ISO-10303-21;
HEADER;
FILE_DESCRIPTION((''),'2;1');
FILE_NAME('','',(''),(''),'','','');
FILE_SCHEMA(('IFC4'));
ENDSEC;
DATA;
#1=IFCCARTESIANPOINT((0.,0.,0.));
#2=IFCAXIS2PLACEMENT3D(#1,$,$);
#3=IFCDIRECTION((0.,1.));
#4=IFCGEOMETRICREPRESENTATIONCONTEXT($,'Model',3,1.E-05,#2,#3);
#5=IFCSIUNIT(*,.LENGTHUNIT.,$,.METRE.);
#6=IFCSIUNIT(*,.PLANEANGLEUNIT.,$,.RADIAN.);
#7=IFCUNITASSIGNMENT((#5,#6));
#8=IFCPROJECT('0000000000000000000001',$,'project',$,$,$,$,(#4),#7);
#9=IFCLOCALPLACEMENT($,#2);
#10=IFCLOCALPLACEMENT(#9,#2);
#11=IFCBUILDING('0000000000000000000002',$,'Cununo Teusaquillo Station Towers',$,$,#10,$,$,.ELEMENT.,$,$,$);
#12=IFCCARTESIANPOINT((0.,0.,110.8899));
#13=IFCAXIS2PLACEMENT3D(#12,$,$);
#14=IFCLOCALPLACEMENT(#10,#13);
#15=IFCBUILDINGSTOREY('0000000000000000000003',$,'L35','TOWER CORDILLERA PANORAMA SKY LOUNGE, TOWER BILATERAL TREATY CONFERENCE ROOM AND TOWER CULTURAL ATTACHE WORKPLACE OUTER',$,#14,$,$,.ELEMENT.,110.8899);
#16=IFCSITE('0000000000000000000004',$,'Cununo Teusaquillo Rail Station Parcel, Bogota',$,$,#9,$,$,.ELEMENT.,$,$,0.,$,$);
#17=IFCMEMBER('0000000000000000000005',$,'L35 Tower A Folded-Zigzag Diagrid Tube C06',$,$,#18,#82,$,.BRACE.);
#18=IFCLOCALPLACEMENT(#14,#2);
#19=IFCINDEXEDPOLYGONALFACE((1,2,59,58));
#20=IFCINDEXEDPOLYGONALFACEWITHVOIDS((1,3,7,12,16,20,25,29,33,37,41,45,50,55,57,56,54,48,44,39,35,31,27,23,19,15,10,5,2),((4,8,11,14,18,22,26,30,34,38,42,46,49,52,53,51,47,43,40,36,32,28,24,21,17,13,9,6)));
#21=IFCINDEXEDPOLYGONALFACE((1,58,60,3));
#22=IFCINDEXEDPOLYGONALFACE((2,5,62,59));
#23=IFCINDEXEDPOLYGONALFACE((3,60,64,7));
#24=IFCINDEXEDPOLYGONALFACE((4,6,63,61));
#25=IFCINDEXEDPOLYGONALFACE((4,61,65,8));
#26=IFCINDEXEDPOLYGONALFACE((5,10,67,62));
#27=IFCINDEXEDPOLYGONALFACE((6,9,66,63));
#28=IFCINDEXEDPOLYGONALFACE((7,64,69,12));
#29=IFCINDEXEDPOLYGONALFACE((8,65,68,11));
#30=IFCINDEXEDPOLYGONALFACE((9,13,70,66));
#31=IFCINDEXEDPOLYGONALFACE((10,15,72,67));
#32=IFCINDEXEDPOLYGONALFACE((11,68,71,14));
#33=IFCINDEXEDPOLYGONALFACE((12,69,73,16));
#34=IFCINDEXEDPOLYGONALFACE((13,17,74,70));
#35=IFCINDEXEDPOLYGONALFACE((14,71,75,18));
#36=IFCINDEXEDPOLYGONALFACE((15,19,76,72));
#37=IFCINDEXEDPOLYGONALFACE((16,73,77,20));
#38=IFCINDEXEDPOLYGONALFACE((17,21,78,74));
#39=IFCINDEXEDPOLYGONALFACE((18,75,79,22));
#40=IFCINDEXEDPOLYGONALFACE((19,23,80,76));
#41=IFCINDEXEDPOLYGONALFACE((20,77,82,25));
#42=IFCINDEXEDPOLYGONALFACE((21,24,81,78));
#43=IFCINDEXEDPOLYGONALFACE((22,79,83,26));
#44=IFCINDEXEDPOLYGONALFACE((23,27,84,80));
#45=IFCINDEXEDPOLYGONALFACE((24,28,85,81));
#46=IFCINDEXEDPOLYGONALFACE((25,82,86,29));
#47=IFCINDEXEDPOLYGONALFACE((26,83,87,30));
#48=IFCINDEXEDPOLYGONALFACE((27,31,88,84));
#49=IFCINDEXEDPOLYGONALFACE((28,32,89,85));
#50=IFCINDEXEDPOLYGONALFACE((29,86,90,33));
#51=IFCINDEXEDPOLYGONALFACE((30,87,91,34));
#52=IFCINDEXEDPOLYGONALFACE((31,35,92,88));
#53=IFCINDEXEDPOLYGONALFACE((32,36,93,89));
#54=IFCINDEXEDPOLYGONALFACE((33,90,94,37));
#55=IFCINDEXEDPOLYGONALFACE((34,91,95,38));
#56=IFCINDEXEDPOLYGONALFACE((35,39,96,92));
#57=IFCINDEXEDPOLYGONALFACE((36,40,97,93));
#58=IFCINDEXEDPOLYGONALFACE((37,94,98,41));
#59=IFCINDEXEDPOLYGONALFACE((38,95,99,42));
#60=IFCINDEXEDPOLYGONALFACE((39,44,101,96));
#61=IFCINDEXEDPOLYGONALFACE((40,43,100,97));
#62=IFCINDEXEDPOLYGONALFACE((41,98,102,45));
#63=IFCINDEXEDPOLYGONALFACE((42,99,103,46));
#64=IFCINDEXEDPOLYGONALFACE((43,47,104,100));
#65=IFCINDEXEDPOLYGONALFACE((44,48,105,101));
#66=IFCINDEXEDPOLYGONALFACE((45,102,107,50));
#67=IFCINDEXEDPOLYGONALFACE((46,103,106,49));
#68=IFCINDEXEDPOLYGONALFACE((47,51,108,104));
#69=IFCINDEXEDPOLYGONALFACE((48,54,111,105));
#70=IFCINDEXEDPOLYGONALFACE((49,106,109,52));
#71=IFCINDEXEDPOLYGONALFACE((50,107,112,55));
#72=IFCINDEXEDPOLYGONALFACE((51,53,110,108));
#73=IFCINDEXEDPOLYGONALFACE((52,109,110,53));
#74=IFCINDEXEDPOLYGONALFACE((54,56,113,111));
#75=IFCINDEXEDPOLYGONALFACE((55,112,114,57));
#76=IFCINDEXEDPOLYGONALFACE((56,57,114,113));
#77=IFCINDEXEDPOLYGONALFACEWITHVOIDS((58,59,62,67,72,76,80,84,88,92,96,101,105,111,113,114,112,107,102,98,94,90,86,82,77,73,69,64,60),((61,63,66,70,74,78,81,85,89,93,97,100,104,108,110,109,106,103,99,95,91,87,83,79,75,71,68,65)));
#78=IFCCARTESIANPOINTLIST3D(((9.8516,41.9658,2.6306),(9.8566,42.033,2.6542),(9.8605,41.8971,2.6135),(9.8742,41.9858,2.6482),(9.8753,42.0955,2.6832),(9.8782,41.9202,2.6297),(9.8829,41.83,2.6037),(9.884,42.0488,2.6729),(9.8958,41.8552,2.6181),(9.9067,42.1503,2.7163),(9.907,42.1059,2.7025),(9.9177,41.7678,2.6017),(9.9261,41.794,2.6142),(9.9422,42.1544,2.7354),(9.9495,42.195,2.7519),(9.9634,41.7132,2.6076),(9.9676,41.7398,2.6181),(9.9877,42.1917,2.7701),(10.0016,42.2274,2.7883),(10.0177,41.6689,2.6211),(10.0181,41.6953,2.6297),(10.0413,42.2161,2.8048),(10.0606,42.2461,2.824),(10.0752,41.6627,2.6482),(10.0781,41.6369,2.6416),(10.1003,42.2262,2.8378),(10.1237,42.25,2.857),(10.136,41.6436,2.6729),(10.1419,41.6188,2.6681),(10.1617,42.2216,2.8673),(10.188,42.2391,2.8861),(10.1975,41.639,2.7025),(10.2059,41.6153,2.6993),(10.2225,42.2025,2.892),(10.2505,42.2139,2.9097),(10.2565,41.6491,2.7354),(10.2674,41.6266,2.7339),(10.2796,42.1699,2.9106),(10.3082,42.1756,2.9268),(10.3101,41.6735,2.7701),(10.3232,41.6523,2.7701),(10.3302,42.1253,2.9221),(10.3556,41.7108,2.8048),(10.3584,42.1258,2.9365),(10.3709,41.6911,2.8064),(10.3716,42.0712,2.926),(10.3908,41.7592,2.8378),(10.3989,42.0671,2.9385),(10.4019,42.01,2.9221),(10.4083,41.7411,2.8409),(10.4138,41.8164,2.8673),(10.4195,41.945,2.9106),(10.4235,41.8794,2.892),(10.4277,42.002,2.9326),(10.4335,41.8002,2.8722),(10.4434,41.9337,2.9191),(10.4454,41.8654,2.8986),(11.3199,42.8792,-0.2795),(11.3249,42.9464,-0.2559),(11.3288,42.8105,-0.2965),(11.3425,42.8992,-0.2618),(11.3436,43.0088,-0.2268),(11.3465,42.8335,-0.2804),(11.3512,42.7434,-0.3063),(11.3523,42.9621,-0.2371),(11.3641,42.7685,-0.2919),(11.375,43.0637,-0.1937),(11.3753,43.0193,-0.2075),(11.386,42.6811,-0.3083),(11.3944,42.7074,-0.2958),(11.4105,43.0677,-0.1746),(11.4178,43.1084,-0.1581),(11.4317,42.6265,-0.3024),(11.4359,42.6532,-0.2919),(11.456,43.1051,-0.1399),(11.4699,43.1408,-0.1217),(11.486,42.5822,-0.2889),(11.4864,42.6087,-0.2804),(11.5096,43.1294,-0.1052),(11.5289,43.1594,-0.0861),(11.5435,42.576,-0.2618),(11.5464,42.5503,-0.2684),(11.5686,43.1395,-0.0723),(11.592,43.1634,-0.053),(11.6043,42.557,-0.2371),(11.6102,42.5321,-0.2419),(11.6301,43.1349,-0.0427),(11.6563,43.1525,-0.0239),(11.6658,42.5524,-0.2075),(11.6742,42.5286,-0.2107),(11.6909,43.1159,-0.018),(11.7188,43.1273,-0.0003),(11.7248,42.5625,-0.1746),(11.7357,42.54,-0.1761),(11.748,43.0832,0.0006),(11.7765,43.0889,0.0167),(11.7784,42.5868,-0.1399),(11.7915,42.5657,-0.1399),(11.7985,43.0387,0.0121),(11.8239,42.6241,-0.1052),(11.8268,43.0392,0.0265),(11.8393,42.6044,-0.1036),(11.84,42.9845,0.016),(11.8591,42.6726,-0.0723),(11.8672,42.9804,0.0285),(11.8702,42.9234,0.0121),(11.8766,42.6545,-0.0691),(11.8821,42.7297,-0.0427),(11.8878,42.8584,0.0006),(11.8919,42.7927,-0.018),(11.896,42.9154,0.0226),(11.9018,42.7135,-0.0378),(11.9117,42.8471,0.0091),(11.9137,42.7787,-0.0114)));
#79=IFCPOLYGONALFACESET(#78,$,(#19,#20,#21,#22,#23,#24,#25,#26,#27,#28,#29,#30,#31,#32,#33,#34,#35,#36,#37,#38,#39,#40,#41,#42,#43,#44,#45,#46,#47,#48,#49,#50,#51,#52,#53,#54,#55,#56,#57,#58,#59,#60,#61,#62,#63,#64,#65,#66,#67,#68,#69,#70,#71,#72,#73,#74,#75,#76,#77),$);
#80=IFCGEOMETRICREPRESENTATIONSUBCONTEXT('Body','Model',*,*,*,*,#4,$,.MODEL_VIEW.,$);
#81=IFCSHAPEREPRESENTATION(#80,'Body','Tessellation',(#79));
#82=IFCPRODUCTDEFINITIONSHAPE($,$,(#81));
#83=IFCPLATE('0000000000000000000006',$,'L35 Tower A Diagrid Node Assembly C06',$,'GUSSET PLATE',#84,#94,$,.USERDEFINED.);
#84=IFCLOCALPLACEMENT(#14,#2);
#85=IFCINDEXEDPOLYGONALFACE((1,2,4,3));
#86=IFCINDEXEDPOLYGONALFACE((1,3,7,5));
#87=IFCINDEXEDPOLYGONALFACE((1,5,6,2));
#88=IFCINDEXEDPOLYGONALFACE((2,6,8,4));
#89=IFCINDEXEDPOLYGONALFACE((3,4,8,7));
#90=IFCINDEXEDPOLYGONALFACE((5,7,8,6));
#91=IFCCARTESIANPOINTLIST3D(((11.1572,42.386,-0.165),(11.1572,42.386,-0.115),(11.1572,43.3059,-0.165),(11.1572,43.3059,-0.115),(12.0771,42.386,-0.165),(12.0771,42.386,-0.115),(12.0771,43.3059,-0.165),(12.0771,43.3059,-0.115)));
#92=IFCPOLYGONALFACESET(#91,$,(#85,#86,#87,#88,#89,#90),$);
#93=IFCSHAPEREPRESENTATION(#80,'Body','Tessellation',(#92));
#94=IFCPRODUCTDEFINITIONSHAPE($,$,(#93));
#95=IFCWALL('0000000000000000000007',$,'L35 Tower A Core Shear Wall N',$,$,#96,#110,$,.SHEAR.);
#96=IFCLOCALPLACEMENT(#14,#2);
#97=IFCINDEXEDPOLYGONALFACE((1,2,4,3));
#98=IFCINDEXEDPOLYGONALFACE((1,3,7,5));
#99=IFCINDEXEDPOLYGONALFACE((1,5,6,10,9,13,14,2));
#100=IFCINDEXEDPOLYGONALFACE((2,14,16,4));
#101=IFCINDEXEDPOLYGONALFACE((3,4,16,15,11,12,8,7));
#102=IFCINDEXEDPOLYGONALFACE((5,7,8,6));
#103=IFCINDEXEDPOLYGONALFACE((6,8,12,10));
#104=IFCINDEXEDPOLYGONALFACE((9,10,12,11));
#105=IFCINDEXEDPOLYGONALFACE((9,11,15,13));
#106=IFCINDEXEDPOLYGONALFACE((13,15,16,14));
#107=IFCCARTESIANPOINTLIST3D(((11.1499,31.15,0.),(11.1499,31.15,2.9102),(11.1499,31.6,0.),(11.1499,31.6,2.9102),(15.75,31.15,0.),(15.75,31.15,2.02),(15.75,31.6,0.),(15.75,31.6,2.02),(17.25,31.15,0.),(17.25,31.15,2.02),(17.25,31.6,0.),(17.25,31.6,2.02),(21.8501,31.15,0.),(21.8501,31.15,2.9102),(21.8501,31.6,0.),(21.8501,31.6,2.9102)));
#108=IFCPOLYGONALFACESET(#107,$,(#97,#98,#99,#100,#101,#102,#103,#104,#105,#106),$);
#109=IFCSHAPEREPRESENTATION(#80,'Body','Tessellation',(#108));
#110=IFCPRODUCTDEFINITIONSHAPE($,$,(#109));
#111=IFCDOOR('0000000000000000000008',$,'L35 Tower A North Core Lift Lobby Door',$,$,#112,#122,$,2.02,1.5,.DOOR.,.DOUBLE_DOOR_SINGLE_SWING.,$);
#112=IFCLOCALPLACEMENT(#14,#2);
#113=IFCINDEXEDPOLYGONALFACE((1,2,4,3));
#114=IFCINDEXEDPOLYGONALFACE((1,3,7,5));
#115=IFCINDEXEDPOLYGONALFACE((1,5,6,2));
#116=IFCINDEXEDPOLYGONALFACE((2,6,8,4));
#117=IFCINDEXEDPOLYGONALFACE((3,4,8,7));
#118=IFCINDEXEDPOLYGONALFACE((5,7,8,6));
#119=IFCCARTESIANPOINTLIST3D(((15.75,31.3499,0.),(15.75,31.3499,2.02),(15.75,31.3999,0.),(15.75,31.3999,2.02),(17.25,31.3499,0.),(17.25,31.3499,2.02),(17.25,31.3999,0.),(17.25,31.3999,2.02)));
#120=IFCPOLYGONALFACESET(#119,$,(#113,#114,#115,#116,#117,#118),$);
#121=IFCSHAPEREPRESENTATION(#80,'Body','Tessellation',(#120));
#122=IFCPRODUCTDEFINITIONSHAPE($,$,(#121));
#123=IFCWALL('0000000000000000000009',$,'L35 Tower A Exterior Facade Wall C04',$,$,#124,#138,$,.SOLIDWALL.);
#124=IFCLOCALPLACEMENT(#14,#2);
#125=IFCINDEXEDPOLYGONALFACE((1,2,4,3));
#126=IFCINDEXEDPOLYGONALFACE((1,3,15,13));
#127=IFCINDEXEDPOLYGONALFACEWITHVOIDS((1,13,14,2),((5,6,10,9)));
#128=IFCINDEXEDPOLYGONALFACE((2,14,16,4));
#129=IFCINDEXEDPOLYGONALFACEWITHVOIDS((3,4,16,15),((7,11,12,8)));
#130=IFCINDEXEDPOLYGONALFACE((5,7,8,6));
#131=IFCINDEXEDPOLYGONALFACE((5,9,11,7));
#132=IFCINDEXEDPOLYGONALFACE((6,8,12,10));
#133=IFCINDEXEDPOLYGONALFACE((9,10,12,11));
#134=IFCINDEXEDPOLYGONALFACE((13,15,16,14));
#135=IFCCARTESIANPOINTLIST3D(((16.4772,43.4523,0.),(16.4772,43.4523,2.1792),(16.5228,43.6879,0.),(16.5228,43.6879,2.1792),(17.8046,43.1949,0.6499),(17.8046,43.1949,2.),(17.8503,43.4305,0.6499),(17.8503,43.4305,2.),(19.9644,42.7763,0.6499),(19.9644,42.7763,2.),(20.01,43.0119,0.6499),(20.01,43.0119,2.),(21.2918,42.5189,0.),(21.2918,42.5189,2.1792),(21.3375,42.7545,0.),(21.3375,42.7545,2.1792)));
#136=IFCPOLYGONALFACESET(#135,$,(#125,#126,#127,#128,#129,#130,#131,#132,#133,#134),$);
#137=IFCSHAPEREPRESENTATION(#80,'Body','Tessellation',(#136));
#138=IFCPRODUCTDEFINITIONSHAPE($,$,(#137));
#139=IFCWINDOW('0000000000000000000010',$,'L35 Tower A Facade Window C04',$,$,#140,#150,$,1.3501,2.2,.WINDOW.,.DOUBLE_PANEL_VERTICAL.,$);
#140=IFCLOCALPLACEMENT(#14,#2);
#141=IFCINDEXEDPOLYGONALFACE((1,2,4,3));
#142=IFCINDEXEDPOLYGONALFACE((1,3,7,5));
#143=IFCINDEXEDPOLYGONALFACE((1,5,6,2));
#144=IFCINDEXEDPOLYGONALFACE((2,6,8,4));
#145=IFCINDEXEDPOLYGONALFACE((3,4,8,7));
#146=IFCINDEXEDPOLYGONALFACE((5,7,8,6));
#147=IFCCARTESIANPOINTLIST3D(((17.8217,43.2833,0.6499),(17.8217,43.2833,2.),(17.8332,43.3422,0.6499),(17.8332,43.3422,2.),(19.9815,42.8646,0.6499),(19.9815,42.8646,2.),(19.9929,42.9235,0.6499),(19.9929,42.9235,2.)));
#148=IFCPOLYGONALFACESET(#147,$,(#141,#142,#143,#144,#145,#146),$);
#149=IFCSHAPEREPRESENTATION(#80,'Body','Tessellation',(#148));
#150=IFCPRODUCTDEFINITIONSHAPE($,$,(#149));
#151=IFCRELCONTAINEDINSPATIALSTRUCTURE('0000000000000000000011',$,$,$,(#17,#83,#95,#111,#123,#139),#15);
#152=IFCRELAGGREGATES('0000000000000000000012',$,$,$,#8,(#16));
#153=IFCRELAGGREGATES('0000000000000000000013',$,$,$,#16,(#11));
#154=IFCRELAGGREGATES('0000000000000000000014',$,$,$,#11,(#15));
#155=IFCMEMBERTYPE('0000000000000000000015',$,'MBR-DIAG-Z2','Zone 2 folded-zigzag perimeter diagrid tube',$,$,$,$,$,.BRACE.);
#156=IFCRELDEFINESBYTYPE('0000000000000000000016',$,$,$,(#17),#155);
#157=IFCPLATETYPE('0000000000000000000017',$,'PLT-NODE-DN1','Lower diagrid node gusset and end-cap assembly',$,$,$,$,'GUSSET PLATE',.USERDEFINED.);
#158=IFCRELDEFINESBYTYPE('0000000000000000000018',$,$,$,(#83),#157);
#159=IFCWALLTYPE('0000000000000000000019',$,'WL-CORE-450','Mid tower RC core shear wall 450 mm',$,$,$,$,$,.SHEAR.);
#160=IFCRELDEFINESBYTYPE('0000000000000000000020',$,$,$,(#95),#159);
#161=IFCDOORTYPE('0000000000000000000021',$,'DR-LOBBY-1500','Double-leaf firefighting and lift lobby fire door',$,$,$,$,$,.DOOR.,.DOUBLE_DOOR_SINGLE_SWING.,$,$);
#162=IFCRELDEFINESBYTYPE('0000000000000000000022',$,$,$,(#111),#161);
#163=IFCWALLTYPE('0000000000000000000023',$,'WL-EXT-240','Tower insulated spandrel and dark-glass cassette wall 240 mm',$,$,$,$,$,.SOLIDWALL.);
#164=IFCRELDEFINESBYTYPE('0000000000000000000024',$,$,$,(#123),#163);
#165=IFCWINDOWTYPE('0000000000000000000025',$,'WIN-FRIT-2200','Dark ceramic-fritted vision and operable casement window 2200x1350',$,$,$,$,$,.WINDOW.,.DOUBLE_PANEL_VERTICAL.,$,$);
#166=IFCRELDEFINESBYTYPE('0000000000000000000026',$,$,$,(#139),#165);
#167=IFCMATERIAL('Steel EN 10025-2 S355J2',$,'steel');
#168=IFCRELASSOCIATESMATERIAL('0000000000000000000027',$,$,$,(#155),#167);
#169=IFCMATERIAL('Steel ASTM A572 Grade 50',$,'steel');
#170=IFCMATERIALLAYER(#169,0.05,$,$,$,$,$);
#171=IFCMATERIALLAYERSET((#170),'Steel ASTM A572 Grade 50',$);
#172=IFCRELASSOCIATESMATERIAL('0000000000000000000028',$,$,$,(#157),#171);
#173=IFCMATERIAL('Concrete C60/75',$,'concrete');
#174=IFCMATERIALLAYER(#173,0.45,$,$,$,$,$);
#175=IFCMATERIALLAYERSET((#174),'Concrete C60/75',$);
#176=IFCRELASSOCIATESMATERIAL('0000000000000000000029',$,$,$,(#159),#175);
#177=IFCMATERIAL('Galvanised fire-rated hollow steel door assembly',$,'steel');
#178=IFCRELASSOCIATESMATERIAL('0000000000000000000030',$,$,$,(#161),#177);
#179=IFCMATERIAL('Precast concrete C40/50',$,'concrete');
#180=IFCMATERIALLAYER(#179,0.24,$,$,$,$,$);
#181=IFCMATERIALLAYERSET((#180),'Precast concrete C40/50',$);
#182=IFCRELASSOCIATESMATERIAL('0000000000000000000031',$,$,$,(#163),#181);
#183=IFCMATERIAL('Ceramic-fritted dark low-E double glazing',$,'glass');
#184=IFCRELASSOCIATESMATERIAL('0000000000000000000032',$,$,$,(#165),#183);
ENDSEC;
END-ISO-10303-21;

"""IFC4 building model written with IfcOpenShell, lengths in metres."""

from ifc_helpers import new_model, si_unit, direction, frame, frame_2d, origin, origin_2d, place, context, subcontext, project, spatial, rectangle, hollow_circle, extrude, source, transform, mapped, material, layer, layer_set, material_profile, profile_set, type_object, element, fill, save


model = new_model("IFC4")

# Units and contexts
model_context = context("Model", 3, precision=1e-05, world=origin(), true_north=direction((0.0, 1.0)))
body_context = subcontext(model_context, "Body", "Model", "MODEL_VIEW")
ifc_project = project(units=[si_unit("LENGTHUNIT", "METRE"), si_unit("PLANEANGLEUNIT", "RADIAN")], contexts=[model_context])

# Site, building, storey
site_placement = place(None, origin())
site = spatial("IfcSite", under=ifc_project, at=site_placement, Name="Cununo Teusaquillo Rail Station Parcel, Bogota", CompositionType="ELEMENT", RefElevation=0.0)
building_placement = place(site_placement, origin())
building = spatial("IfcBuilding", under=site, at=building_placement, Name="Cununo Teusaquillo Station Towers", CompositionType="ELEMENT")
storey_placement = place(building_placement, frame((0.0, 0.0, 110.8899)))
storey = spatial("IfcBuildingStorey", under=building, at=storey_placement, Name="L35", Description="TOWER CORDILLERA PANORAMA SKY LOUNGE, TOWER BILATERAL TREATY CONFERENCE ROOM AND TOWER CULTURAL ATTACHE WORKPLACE OUTER", CompositionType="ELEMENT", Elevation=110.8899)

# Member
ifc_material_1 = material(Name="Steel EN 10025-2 S355J2", Category="steel")
ifc_material_profile_1 = material_profile(ifc_material_1, hollow_circle(Radius=0.3301, WallThickness=0.0249, at=origin_2d()), Name="CHS 660x25")
ifc_profile_set_1 = profile_set([ifc_material_profile_1], Name="Steel EN 10025-2 S355J2")
member_type = type_object("IfcMemberType", Name="MBR-DIAG-Z2", Description="Zone 2 folded-zigzag perimeter diagrid tube", PredefinedType="BRACE", material=ifc_profile_set_1)
member_placement = place(storey_placement, frame((11.6172, 42.8459, -0.1399), z_axis=(-0.433768, -0.269825, 0.859674), x_axis=(0.528196, -0.849123, 0.0)))
element("IfcMember", 1, at=member_placement, inside=storey, type_object=member_type, Name="L35 Tower A Folded-Zigzag Diagrid Tube C06", PredefinedType="BRACE", context=body_context, shape_type="SweptSolid", body=[
    extrude(hollow_circle(Radius=0.3301, WallThickness=0.0249, at=origin_2d()), origin(), (0.0, 0.0, 1.0), 3.385),
])

# Plate
ifc_material_2 = material(Name="Steel ASTM A572 Grade 50", Category="steel")
ifc_layer_1 = layer(ifc_material_2, 0.05)
ifc_layer_set_1 = layer_set([ifc_layer_1], Name="Steel ASTM A572 Grade 50")
plate_type = type_object("IfcPlateType", Name="PLT-NODE-DN1", Description="Lower diagrid node gusset and end-cap assembly", ElementType="GUSSET PLATE", PredefinedType="USERDEFINED", material=ifc_layer_set_1)
shared_shape_1 = source(origin(), body_context, "Body", "SweptSolid", [
    extrude(rectangle(XDim=0.9199, YDim=0.9199, at=origin_2d()), origin(), (0.0, 0.0, 1.0), 0.05),
])
plate_placement = place(storey_placement, frame((11.6172, 42.8459, -0.165), z_axis=(0.0, 0.0, 1.0), x_axis=(1.0, 0.0, 0.0)))
element("IfcPlate", 2, at=plate_placement, inside=storey, type_object=plate_type, Name="L35 Tower A Diagrid Node Assembly C06", ObjectType="GUSSET PLATE", PredefinedType="USERDEFINED", context=body_context, shape_type="MappedRepresentation", body=[
    mapped(shared_shape_1, transform((0.0, 0.0, 0.0), x_axis=(1.0, 0.0, 0.0), y_axis=(0.0, 1.0, 0.0), z_axis=(0.0, 0.0, 1.0), scale=1.0)),
])

# Wall, opening, door
ifc_material_3 = material(Name="Concrete C60/75", Category="concrete")
ifc_layer_2 = layer(ifc_material_3, 0.45)
ifc_layer_set_2 = layer_set([ifc_layer_2], Name="Concrete C60/75")
wall_type_1 = type_object("IfcWallType", Name="WL-CORE-450", Description="Mid tower RC core shear wall 450 mm", PredefinedType="SHEAR", material=ifc_layer_set_2)
wall_1_placement = place(storey_placement, frame((11.1499, 31.375, 0.0), z_axis=(0.0, 0.0, 1.0), x_axis=(1.0, 0.0, 0.0)))
wall_1 = element("IfcWall", 3, at=wall_1_placement, inside=storey, type_object=wall_type_1, Name="L35 Tower A Core Shear Wall N", PredefinedType="SHEAR", context=body_context, shape_type="SweptSolid", body=[
    extrude(rectangle(XDim=10.7002, YDim=0.45, at=frame_2d((5.3501, 0.0))), origin(), (0.0, 0.0, 1.0), 2.9102),
])
shared_shape_2 = source(origin(), body_context, "Body", "SweptSolid", [
    extrude(rectangle(XDim=1.5, YDim=2.02, at=frame_2d((0.75, 1.01))), frame((0.0, 0.2349, 0.0), z_axis=(0.0, -1.0, 0.0), x_axis=(1.0, 0.0, 0.0)), (0.0, 0.0, 1.0), 0.47),
])
opening_1_placement = place(wall_1_placement, frame((4.6001, 0.0, 0.0)))
opening_1 = element("IfcOpeningElement", 4, at=opening_1_placement, cuts=wall_1, PredefinedType="OPENING", context=body_context, shape_type="MappedRepresentation", body=[
    mapped(shared_shape_2, transform((0.0, 0.0, 0.0), x_axis=(1.0, 0.0, 0.0), y_axis=(0.0, 1.0, 0.0), z_axis=(0.0, 0.0, 1.0), scale=1.0)),
])
ifc_material_4 = material(Name="Galvanised fire-rated hollow steel door assembly", Category="steel")
door_type_1 = type_object("IfcDoorType", Name="DR-LOBBY-1500", Description="Double-leaf firefighting and lift lobby fire door", OperationType="DOUBLE_DOOR_SINGLE_SWING", PredefinedType="DOOR", material=ifc_material_4)
shared_shape_3 = source(origin(), body_context, "Body", "SweptSolid", [
    extrude(rectangle(XDim=1.5, YDim=2.02, at=frame_2d((0.75, 1.01))), frame((0.0, 0.0249, 0.0), z_axis=(0.0, -1.0, 0.0), x_axis=(1.0, 0.0, 0.0)), (0.0, 0.0, 1.0), 0.05),
])
door_1_placement = place(opening_1_placement, origin())
door_1 = element("IfcDoor", 5, at=door_1_placement, inside=storey, type_object=door_type_1, Name="L35 Tower A North Core Lift Lobby Door", OperationType="DOUBLE_DOOR_SINGLE_SWING", OverallHeight=2.02, OverallWidth=1.5, PredefinedType="DOOR", context=body_context, shape_type="MappedRepresentation", body=[
    mapped(shared_shape_3, transform((0.0, 0.0, 0.0), x_axis=(1.0, 0.0, 0.0), y_axis=(0.0, 1.0, 0.0), z_axis=(0.0, 0.0, 1.0), scale=1.0)),
])
fill(opening_1, door_1)

# Wall, opening, window
ifc_material_5 = material(Name="Precast concrete C40/50", Category="concrete")
ifc_layer_3 = layer(ifc_material_5, 0.24)
ifc_layer_set_3 = layer_set([ifc_layer_3], Name="Precast concrete C40/50")
wall_type_2 = type_object("IfcWallType", Name="WL-EXT-240", Description="Tower insulated spandrel and dark-glass cassette wall 240 mm", PredefinedType="SOLIDWALL", material=ifc_layer_set_3)
wall_2_placement = place(storey_placement, frame((16.5, 43.5701, 0.0), z_axis=(0.0, 0.0, 1.0), x_axis=(0.981724, -0.190311, 0.0)))
wall_2 = element("IfcWall", 6, at=wall_2_placement, inside=storey, type_object=wall_type_2, Name="L35 Tower A Exterior Facade Wall C04", PredefinedType="SOLIDWALL", context=body_context, shape_type="SweptSolid", body=[
    extrude(rectangle(XDim=4.9043, YDim=0.24, at=frame_2d((2.4521, 0.0))), origin(), (0.0, 0.0, 1.0), 2.1792),
])
shared_shape_4 = source(origin(), body_context, "Body", "SweptSolid", [
    extrude(rectangle(XDim=2.2, YDim=1.3501, at=frame_2d((1.1001, 0.675))), frame((0.0, 0.1299, 0.0), z_axis=(0.0, -1.0, 0.0), x_axis=(1.0, 0.0, 0.0)), (0.0, 0.0, 1.0), 0.26),
])
opening_2_placement = place(wall_2_placement, frame((1.3521, 0.0, 0.6499)))
opening_2 = element("IfcOpeningElement", 7, at=opening_2_placement, cuts=wall_2, PredefinedType="OPENING", context=body_context, shape_type="MappedRepresentation", body=[
    mapped(shared_shape_4, transform((0.0, 0.0, 0.0), x_axis=(1.0, 0.0, 0.0), y_axis=(0.0, 1.0, 0.0), z_axis=(0.0, 0.0, 1.0), scale=1.0)),
])
ifc_material_6 = material(Name="Ceramic-fritted dark low-E double glazing", Category="glass")
window_type = type_object("IfcWindowType", Name="WIN-FRIT-2200", Description="Dark ceramic-fritted vision and operable casement window 2200x1350", PartitioningType="DOUBLE_PANEL_VERTICAL", PredefinedType="WINDOW", material=ifc_material_6)
shared_shape_5 = source(origin(), body_context, "Body", "SweptSolid", [
    extrude(rectangle(XDim=2.2, YDim=1.3501, at=frame_2d((1.1001, 0.675))), frame((0.0, 0.03, 0.0), z_axis=(0.0, -1.0, 0.0), x_axis=(1.0, 0.0, 0.0)), (0.0, 0.0, 1.0), 0.0601),
])
window_1_placement = place(opening_2_placement, origin())
window_1 = element("IfcWindow", 8, at=window_1_placement, inside=storey, type_object=window_type, Name="L35 Tower A Facade Window C04", OverallHeight=1.3501, OverallWidth=2.2, PartitioningType="DOUBLE_PANEL_VERTICAL", PredefinedType="WINDOW", context=body_context, shape_type="MappedRepresentation", body=[
    mapped(shared_shape_5, transform((0.0, 0.0, 0.0), x_axis=(1.0, 0.0, 0.0), y_axis=(0.0, 1.0, 0.0), z_axis=(0.0, 0.0, 1.0), scale=1.0)),
])
fill(opening_2, window_1)

save(model, "model.ifc")
